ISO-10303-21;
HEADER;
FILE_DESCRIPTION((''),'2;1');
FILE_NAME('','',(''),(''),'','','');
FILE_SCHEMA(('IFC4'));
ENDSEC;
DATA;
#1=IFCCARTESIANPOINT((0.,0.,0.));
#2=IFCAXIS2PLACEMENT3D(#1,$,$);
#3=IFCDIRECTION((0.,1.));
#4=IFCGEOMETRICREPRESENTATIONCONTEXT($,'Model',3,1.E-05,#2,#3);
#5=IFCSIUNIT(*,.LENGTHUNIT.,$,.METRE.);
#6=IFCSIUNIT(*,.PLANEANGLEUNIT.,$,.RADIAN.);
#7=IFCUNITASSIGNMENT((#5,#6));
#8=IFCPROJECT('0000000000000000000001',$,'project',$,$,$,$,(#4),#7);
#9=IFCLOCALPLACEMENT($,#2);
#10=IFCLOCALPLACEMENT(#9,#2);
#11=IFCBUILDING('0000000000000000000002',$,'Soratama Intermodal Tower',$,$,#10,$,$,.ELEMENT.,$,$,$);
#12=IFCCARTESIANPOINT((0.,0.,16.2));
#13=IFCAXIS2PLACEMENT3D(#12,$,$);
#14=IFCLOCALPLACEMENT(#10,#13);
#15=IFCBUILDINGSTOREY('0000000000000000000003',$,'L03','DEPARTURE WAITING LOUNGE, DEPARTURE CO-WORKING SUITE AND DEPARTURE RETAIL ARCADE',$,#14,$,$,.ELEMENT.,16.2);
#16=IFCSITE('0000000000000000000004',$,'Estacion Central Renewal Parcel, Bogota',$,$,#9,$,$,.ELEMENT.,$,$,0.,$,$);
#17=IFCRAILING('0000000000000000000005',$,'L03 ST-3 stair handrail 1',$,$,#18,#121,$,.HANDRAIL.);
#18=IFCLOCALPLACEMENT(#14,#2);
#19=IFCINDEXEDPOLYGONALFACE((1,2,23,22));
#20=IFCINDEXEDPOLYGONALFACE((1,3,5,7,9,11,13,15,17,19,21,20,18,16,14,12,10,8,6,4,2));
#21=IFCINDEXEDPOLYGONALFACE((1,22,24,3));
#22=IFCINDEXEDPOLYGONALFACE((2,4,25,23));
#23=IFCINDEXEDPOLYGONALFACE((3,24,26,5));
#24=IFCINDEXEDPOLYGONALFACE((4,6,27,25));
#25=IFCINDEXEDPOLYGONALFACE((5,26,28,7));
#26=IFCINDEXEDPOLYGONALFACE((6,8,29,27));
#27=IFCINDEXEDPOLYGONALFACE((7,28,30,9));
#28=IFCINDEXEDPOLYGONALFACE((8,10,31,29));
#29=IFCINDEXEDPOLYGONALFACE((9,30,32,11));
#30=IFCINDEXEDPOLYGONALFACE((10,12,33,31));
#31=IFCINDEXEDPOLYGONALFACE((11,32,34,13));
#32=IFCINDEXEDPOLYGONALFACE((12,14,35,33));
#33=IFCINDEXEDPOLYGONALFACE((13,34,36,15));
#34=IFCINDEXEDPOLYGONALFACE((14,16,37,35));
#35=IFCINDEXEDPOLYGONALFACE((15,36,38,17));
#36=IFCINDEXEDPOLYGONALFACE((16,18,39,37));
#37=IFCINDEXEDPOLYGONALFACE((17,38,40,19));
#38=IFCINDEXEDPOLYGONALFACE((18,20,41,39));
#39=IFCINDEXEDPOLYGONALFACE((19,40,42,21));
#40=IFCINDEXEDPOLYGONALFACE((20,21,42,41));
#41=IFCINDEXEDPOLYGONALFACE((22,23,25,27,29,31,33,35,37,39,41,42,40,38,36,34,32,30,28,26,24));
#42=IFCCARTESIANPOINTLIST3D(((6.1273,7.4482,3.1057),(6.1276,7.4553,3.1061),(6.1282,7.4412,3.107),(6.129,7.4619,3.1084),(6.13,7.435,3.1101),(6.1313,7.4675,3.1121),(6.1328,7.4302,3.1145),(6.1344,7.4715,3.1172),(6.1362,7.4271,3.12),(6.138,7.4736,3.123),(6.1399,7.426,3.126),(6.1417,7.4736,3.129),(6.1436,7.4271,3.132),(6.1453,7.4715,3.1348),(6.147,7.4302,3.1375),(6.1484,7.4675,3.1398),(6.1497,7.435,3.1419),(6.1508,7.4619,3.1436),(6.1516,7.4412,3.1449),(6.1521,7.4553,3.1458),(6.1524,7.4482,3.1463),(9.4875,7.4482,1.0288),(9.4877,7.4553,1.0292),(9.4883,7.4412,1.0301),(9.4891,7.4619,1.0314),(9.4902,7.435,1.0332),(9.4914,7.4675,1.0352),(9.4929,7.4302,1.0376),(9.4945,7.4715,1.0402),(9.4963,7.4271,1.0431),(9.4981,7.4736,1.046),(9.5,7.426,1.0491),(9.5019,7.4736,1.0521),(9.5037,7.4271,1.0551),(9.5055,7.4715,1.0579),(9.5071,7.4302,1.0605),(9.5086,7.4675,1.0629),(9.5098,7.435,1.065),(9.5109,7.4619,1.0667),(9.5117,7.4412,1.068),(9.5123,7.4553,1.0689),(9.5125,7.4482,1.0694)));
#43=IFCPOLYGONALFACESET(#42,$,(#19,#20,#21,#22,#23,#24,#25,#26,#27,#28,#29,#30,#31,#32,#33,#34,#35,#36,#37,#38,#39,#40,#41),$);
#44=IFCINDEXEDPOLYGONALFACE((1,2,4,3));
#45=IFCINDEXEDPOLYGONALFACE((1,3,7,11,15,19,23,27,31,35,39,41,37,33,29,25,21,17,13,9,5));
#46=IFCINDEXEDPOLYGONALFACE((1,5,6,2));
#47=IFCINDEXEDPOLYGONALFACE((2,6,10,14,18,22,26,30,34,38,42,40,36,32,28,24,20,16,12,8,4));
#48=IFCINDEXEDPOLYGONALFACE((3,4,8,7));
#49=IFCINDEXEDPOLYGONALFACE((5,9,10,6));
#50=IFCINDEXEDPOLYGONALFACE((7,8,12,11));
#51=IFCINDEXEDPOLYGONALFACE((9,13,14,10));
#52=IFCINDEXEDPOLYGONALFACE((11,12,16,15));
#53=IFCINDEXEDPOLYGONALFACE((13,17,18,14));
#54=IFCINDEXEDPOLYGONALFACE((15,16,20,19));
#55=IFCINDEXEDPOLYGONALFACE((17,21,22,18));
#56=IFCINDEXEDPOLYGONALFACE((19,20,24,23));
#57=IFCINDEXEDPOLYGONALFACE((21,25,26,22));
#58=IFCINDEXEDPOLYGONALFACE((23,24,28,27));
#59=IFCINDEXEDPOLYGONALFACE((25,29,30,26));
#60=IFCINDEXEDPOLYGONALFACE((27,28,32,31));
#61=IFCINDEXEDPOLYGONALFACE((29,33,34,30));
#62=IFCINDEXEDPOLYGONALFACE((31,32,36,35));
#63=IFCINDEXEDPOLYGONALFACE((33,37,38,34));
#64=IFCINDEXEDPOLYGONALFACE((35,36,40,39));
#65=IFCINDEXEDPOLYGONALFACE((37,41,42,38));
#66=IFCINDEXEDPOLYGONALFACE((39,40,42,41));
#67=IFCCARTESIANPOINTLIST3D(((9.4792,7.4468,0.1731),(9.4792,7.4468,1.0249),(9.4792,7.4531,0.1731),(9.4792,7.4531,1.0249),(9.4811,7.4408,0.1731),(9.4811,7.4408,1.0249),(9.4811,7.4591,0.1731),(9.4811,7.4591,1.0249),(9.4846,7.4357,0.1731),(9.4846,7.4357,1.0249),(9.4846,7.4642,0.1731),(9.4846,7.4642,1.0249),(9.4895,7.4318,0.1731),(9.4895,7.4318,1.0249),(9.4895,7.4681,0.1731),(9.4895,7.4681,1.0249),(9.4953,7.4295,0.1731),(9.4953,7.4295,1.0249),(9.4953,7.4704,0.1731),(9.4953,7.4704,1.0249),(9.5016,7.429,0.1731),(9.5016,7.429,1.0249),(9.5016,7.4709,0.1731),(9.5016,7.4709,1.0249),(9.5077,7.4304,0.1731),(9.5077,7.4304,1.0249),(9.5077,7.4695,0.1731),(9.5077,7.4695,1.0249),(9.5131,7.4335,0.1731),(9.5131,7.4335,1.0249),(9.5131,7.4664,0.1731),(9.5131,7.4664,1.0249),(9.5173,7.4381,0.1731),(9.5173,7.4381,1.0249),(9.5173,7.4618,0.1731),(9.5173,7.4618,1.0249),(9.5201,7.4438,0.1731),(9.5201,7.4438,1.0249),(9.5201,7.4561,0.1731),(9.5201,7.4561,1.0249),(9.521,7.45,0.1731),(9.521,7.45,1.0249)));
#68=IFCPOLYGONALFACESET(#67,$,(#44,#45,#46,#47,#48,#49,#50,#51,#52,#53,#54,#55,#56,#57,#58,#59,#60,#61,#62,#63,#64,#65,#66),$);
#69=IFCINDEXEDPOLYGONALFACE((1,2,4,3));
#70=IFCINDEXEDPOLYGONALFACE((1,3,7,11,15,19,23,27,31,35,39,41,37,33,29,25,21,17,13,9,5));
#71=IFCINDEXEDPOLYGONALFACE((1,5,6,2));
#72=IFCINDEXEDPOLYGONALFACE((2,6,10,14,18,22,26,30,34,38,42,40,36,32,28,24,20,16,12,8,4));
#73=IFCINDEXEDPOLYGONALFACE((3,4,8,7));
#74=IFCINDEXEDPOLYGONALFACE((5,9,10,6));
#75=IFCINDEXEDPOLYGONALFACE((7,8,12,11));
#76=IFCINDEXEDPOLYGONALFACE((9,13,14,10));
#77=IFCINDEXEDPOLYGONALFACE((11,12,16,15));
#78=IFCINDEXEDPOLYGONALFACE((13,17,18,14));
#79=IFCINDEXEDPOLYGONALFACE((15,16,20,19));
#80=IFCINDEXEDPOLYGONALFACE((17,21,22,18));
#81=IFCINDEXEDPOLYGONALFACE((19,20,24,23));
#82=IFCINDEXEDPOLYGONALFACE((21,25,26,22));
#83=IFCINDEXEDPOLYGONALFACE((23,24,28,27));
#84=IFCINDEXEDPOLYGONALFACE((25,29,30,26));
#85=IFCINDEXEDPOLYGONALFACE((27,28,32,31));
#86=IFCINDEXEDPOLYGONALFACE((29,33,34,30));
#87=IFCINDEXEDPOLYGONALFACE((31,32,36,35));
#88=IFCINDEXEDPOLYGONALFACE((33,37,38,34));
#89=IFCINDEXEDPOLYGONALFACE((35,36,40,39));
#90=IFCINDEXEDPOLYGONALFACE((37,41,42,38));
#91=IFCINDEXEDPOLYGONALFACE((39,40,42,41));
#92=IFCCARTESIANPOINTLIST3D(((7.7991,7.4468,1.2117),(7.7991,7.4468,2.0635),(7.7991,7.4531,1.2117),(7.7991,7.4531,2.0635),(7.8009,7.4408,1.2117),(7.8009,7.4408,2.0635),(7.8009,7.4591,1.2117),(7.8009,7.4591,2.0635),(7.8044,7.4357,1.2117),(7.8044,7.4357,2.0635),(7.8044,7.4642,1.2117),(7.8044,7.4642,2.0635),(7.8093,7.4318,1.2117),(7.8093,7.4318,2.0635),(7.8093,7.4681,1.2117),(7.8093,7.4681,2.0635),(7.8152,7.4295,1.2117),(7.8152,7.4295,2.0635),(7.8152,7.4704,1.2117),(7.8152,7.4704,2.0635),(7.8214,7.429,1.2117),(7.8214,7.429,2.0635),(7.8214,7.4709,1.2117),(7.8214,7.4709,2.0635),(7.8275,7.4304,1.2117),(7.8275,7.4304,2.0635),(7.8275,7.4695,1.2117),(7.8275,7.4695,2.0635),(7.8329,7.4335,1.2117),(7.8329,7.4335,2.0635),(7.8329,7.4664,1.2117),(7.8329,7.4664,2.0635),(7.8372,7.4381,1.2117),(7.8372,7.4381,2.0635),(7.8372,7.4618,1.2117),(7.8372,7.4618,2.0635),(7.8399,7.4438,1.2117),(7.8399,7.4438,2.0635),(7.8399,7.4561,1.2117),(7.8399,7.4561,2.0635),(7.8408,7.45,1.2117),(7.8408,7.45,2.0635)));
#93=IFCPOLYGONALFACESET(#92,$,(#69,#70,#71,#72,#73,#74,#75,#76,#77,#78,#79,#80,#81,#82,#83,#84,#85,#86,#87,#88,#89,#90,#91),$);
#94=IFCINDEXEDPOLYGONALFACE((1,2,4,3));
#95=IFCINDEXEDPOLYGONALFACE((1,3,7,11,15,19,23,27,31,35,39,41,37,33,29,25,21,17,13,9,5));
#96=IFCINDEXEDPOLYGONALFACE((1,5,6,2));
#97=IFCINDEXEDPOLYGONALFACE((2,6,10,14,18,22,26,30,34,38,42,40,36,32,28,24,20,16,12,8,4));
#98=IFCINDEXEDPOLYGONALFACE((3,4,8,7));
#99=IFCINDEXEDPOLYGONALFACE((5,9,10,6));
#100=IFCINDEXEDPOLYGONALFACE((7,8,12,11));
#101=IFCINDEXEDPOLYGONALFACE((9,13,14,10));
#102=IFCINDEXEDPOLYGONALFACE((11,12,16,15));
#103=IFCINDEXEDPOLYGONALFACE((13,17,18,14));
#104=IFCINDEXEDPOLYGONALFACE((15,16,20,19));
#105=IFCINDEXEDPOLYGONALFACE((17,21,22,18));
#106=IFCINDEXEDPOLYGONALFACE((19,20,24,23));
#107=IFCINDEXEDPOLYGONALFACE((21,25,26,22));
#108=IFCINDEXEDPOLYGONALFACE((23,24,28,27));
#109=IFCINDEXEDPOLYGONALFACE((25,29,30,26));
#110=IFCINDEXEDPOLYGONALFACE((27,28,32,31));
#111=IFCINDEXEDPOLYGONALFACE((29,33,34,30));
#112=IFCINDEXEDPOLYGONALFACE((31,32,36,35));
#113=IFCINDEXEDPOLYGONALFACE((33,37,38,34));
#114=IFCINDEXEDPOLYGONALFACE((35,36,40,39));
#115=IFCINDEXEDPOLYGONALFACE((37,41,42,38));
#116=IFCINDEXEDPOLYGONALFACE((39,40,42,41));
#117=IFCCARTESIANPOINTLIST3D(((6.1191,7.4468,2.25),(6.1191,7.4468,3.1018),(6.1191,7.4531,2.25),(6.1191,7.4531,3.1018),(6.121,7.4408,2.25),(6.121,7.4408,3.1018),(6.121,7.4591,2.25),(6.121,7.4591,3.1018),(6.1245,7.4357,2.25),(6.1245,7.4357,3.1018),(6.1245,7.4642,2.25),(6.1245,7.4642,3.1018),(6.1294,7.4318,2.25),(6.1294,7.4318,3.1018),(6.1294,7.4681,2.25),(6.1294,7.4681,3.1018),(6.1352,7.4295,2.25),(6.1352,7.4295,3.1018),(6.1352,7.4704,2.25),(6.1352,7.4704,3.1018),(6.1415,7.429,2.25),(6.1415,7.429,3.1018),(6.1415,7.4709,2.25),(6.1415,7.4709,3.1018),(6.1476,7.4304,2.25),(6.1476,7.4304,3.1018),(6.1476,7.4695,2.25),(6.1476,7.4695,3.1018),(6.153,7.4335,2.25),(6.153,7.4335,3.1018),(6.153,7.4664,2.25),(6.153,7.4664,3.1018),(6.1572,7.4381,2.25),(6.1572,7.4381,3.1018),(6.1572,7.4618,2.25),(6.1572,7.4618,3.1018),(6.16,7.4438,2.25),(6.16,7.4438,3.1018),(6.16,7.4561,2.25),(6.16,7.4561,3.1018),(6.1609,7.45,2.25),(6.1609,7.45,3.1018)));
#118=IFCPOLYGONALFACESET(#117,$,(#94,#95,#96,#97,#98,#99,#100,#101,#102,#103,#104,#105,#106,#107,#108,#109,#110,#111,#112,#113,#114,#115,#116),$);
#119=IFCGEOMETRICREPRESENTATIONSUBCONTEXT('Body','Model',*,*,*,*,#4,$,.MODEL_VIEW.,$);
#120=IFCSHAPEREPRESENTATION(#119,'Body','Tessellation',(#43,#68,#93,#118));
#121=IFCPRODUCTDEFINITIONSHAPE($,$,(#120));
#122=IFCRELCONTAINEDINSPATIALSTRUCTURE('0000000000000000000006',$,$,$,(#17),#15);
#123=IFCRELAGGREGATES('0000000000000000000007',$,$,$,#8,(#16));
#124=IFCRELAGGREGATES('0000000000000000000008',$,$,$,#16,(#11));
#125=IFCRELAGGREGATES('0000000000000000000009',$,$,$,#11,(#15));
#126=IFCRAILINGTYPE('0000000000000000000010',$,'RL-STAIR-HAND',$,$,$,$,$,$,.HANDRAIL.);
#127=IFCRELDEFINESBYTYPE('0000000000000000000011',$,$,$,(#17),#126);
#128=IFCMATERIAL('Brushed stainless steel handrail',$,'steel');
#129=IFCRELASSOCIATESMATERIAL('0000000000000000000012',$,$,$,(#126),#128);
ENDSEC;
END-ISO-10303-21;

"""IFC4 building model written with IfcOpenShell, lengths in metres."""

from ifc_helpers import new_model, si_unit, direction, frame, origin, origin_2d, place, context, subcontext, project, spatial, circle, extrude, material, type_object, element, save


model = new_model("IFC4")

# Units and contexts
model_context = context("Model", 3, precision=1e-05, world=origin(), true_north=direction((0.0, 1.0)))
body_context = subcontext(model_context, "Body", "Model", "MODEL_VIEW")
ifc_project = project(units=[si_unit("LENGTHUNIT", "METRE"), si_unit("PLANEANGLEUNIT", "RADIAN")], contexts=[model_context])

# Site, building, storey
site_placement = place(None, origin())
site = spatial("IfcSite", under=ifc_project, at=site_placement, Name="Estacion Central Renewal Parcel, Bogota", CompositionType="ELEMENT", RefElevation=0.0)
building_placement = place(site_placement, origin())
building = spatial("IfcBuilding", under=site, at=building_placement, Name="Soratama Intermodal Tower", CompositionType="ELEMENT")
storey_placement = place(building_placement, frame((0.0, 0.0, 16.2)))
storey = spatial("IfcBuildingStorey", under=building, at=storey_placement, Name="L03", Description="DEPARTURE WAITING LOUNGE, DEPARTURE CO-WORKING SUITE AND DEPARTURE RETAIL ARCADE", CompositionType="ELEMENT", Elevation=16.2)

# Railing
ifc_material_1 = material(Name="Brushed stainless steel handrail", Category="steel")
railing_type_1 = type_object("IfcRailingType", Name="RL-STAIR-HAND", PredefinedType="HANDRAIL", material=ifc_material_1)
railing_1_placement = place(storey_placement, frame((9.5, 7.45, 0.1731)))
element("IfcRailing", 1, at=railing_1_placement, inside=storey, type_object=railing_type_1, Name="L03 ST-3 stair handrail 1", PredefinedType="HANDRAIL", context=body_context, shape_type="SweptSolid", body=[
    extrude(circle(Radius=0.0239, at=origin_2d()), frame((0.0, 0.0, 0.876), z_axis=(-0.850623, 0.0, 0.525776), x_axis=(0.0, -1.0, 0.0)), (0.0, 0.0, 1.0), 3.9502),
    extrude(circle(Radius=0.021, at=origin_2d()), origin(), (0.0, 0.0, 1.0), 0.8518),
    extrude(circle(Radius=0.021, at=origin_2d()), frame((-1.6802, 0.0, 1.0386)), (0.0, 0.0, 1.0), 0.8518),
    extrude(circle(Radius=0.021, at=origin_2d()), frame((-3.3601, 0.0, 2.0769)), (0.0, 0.0, 1.0), 0.8518),
])

save(model, "model.ifc")
